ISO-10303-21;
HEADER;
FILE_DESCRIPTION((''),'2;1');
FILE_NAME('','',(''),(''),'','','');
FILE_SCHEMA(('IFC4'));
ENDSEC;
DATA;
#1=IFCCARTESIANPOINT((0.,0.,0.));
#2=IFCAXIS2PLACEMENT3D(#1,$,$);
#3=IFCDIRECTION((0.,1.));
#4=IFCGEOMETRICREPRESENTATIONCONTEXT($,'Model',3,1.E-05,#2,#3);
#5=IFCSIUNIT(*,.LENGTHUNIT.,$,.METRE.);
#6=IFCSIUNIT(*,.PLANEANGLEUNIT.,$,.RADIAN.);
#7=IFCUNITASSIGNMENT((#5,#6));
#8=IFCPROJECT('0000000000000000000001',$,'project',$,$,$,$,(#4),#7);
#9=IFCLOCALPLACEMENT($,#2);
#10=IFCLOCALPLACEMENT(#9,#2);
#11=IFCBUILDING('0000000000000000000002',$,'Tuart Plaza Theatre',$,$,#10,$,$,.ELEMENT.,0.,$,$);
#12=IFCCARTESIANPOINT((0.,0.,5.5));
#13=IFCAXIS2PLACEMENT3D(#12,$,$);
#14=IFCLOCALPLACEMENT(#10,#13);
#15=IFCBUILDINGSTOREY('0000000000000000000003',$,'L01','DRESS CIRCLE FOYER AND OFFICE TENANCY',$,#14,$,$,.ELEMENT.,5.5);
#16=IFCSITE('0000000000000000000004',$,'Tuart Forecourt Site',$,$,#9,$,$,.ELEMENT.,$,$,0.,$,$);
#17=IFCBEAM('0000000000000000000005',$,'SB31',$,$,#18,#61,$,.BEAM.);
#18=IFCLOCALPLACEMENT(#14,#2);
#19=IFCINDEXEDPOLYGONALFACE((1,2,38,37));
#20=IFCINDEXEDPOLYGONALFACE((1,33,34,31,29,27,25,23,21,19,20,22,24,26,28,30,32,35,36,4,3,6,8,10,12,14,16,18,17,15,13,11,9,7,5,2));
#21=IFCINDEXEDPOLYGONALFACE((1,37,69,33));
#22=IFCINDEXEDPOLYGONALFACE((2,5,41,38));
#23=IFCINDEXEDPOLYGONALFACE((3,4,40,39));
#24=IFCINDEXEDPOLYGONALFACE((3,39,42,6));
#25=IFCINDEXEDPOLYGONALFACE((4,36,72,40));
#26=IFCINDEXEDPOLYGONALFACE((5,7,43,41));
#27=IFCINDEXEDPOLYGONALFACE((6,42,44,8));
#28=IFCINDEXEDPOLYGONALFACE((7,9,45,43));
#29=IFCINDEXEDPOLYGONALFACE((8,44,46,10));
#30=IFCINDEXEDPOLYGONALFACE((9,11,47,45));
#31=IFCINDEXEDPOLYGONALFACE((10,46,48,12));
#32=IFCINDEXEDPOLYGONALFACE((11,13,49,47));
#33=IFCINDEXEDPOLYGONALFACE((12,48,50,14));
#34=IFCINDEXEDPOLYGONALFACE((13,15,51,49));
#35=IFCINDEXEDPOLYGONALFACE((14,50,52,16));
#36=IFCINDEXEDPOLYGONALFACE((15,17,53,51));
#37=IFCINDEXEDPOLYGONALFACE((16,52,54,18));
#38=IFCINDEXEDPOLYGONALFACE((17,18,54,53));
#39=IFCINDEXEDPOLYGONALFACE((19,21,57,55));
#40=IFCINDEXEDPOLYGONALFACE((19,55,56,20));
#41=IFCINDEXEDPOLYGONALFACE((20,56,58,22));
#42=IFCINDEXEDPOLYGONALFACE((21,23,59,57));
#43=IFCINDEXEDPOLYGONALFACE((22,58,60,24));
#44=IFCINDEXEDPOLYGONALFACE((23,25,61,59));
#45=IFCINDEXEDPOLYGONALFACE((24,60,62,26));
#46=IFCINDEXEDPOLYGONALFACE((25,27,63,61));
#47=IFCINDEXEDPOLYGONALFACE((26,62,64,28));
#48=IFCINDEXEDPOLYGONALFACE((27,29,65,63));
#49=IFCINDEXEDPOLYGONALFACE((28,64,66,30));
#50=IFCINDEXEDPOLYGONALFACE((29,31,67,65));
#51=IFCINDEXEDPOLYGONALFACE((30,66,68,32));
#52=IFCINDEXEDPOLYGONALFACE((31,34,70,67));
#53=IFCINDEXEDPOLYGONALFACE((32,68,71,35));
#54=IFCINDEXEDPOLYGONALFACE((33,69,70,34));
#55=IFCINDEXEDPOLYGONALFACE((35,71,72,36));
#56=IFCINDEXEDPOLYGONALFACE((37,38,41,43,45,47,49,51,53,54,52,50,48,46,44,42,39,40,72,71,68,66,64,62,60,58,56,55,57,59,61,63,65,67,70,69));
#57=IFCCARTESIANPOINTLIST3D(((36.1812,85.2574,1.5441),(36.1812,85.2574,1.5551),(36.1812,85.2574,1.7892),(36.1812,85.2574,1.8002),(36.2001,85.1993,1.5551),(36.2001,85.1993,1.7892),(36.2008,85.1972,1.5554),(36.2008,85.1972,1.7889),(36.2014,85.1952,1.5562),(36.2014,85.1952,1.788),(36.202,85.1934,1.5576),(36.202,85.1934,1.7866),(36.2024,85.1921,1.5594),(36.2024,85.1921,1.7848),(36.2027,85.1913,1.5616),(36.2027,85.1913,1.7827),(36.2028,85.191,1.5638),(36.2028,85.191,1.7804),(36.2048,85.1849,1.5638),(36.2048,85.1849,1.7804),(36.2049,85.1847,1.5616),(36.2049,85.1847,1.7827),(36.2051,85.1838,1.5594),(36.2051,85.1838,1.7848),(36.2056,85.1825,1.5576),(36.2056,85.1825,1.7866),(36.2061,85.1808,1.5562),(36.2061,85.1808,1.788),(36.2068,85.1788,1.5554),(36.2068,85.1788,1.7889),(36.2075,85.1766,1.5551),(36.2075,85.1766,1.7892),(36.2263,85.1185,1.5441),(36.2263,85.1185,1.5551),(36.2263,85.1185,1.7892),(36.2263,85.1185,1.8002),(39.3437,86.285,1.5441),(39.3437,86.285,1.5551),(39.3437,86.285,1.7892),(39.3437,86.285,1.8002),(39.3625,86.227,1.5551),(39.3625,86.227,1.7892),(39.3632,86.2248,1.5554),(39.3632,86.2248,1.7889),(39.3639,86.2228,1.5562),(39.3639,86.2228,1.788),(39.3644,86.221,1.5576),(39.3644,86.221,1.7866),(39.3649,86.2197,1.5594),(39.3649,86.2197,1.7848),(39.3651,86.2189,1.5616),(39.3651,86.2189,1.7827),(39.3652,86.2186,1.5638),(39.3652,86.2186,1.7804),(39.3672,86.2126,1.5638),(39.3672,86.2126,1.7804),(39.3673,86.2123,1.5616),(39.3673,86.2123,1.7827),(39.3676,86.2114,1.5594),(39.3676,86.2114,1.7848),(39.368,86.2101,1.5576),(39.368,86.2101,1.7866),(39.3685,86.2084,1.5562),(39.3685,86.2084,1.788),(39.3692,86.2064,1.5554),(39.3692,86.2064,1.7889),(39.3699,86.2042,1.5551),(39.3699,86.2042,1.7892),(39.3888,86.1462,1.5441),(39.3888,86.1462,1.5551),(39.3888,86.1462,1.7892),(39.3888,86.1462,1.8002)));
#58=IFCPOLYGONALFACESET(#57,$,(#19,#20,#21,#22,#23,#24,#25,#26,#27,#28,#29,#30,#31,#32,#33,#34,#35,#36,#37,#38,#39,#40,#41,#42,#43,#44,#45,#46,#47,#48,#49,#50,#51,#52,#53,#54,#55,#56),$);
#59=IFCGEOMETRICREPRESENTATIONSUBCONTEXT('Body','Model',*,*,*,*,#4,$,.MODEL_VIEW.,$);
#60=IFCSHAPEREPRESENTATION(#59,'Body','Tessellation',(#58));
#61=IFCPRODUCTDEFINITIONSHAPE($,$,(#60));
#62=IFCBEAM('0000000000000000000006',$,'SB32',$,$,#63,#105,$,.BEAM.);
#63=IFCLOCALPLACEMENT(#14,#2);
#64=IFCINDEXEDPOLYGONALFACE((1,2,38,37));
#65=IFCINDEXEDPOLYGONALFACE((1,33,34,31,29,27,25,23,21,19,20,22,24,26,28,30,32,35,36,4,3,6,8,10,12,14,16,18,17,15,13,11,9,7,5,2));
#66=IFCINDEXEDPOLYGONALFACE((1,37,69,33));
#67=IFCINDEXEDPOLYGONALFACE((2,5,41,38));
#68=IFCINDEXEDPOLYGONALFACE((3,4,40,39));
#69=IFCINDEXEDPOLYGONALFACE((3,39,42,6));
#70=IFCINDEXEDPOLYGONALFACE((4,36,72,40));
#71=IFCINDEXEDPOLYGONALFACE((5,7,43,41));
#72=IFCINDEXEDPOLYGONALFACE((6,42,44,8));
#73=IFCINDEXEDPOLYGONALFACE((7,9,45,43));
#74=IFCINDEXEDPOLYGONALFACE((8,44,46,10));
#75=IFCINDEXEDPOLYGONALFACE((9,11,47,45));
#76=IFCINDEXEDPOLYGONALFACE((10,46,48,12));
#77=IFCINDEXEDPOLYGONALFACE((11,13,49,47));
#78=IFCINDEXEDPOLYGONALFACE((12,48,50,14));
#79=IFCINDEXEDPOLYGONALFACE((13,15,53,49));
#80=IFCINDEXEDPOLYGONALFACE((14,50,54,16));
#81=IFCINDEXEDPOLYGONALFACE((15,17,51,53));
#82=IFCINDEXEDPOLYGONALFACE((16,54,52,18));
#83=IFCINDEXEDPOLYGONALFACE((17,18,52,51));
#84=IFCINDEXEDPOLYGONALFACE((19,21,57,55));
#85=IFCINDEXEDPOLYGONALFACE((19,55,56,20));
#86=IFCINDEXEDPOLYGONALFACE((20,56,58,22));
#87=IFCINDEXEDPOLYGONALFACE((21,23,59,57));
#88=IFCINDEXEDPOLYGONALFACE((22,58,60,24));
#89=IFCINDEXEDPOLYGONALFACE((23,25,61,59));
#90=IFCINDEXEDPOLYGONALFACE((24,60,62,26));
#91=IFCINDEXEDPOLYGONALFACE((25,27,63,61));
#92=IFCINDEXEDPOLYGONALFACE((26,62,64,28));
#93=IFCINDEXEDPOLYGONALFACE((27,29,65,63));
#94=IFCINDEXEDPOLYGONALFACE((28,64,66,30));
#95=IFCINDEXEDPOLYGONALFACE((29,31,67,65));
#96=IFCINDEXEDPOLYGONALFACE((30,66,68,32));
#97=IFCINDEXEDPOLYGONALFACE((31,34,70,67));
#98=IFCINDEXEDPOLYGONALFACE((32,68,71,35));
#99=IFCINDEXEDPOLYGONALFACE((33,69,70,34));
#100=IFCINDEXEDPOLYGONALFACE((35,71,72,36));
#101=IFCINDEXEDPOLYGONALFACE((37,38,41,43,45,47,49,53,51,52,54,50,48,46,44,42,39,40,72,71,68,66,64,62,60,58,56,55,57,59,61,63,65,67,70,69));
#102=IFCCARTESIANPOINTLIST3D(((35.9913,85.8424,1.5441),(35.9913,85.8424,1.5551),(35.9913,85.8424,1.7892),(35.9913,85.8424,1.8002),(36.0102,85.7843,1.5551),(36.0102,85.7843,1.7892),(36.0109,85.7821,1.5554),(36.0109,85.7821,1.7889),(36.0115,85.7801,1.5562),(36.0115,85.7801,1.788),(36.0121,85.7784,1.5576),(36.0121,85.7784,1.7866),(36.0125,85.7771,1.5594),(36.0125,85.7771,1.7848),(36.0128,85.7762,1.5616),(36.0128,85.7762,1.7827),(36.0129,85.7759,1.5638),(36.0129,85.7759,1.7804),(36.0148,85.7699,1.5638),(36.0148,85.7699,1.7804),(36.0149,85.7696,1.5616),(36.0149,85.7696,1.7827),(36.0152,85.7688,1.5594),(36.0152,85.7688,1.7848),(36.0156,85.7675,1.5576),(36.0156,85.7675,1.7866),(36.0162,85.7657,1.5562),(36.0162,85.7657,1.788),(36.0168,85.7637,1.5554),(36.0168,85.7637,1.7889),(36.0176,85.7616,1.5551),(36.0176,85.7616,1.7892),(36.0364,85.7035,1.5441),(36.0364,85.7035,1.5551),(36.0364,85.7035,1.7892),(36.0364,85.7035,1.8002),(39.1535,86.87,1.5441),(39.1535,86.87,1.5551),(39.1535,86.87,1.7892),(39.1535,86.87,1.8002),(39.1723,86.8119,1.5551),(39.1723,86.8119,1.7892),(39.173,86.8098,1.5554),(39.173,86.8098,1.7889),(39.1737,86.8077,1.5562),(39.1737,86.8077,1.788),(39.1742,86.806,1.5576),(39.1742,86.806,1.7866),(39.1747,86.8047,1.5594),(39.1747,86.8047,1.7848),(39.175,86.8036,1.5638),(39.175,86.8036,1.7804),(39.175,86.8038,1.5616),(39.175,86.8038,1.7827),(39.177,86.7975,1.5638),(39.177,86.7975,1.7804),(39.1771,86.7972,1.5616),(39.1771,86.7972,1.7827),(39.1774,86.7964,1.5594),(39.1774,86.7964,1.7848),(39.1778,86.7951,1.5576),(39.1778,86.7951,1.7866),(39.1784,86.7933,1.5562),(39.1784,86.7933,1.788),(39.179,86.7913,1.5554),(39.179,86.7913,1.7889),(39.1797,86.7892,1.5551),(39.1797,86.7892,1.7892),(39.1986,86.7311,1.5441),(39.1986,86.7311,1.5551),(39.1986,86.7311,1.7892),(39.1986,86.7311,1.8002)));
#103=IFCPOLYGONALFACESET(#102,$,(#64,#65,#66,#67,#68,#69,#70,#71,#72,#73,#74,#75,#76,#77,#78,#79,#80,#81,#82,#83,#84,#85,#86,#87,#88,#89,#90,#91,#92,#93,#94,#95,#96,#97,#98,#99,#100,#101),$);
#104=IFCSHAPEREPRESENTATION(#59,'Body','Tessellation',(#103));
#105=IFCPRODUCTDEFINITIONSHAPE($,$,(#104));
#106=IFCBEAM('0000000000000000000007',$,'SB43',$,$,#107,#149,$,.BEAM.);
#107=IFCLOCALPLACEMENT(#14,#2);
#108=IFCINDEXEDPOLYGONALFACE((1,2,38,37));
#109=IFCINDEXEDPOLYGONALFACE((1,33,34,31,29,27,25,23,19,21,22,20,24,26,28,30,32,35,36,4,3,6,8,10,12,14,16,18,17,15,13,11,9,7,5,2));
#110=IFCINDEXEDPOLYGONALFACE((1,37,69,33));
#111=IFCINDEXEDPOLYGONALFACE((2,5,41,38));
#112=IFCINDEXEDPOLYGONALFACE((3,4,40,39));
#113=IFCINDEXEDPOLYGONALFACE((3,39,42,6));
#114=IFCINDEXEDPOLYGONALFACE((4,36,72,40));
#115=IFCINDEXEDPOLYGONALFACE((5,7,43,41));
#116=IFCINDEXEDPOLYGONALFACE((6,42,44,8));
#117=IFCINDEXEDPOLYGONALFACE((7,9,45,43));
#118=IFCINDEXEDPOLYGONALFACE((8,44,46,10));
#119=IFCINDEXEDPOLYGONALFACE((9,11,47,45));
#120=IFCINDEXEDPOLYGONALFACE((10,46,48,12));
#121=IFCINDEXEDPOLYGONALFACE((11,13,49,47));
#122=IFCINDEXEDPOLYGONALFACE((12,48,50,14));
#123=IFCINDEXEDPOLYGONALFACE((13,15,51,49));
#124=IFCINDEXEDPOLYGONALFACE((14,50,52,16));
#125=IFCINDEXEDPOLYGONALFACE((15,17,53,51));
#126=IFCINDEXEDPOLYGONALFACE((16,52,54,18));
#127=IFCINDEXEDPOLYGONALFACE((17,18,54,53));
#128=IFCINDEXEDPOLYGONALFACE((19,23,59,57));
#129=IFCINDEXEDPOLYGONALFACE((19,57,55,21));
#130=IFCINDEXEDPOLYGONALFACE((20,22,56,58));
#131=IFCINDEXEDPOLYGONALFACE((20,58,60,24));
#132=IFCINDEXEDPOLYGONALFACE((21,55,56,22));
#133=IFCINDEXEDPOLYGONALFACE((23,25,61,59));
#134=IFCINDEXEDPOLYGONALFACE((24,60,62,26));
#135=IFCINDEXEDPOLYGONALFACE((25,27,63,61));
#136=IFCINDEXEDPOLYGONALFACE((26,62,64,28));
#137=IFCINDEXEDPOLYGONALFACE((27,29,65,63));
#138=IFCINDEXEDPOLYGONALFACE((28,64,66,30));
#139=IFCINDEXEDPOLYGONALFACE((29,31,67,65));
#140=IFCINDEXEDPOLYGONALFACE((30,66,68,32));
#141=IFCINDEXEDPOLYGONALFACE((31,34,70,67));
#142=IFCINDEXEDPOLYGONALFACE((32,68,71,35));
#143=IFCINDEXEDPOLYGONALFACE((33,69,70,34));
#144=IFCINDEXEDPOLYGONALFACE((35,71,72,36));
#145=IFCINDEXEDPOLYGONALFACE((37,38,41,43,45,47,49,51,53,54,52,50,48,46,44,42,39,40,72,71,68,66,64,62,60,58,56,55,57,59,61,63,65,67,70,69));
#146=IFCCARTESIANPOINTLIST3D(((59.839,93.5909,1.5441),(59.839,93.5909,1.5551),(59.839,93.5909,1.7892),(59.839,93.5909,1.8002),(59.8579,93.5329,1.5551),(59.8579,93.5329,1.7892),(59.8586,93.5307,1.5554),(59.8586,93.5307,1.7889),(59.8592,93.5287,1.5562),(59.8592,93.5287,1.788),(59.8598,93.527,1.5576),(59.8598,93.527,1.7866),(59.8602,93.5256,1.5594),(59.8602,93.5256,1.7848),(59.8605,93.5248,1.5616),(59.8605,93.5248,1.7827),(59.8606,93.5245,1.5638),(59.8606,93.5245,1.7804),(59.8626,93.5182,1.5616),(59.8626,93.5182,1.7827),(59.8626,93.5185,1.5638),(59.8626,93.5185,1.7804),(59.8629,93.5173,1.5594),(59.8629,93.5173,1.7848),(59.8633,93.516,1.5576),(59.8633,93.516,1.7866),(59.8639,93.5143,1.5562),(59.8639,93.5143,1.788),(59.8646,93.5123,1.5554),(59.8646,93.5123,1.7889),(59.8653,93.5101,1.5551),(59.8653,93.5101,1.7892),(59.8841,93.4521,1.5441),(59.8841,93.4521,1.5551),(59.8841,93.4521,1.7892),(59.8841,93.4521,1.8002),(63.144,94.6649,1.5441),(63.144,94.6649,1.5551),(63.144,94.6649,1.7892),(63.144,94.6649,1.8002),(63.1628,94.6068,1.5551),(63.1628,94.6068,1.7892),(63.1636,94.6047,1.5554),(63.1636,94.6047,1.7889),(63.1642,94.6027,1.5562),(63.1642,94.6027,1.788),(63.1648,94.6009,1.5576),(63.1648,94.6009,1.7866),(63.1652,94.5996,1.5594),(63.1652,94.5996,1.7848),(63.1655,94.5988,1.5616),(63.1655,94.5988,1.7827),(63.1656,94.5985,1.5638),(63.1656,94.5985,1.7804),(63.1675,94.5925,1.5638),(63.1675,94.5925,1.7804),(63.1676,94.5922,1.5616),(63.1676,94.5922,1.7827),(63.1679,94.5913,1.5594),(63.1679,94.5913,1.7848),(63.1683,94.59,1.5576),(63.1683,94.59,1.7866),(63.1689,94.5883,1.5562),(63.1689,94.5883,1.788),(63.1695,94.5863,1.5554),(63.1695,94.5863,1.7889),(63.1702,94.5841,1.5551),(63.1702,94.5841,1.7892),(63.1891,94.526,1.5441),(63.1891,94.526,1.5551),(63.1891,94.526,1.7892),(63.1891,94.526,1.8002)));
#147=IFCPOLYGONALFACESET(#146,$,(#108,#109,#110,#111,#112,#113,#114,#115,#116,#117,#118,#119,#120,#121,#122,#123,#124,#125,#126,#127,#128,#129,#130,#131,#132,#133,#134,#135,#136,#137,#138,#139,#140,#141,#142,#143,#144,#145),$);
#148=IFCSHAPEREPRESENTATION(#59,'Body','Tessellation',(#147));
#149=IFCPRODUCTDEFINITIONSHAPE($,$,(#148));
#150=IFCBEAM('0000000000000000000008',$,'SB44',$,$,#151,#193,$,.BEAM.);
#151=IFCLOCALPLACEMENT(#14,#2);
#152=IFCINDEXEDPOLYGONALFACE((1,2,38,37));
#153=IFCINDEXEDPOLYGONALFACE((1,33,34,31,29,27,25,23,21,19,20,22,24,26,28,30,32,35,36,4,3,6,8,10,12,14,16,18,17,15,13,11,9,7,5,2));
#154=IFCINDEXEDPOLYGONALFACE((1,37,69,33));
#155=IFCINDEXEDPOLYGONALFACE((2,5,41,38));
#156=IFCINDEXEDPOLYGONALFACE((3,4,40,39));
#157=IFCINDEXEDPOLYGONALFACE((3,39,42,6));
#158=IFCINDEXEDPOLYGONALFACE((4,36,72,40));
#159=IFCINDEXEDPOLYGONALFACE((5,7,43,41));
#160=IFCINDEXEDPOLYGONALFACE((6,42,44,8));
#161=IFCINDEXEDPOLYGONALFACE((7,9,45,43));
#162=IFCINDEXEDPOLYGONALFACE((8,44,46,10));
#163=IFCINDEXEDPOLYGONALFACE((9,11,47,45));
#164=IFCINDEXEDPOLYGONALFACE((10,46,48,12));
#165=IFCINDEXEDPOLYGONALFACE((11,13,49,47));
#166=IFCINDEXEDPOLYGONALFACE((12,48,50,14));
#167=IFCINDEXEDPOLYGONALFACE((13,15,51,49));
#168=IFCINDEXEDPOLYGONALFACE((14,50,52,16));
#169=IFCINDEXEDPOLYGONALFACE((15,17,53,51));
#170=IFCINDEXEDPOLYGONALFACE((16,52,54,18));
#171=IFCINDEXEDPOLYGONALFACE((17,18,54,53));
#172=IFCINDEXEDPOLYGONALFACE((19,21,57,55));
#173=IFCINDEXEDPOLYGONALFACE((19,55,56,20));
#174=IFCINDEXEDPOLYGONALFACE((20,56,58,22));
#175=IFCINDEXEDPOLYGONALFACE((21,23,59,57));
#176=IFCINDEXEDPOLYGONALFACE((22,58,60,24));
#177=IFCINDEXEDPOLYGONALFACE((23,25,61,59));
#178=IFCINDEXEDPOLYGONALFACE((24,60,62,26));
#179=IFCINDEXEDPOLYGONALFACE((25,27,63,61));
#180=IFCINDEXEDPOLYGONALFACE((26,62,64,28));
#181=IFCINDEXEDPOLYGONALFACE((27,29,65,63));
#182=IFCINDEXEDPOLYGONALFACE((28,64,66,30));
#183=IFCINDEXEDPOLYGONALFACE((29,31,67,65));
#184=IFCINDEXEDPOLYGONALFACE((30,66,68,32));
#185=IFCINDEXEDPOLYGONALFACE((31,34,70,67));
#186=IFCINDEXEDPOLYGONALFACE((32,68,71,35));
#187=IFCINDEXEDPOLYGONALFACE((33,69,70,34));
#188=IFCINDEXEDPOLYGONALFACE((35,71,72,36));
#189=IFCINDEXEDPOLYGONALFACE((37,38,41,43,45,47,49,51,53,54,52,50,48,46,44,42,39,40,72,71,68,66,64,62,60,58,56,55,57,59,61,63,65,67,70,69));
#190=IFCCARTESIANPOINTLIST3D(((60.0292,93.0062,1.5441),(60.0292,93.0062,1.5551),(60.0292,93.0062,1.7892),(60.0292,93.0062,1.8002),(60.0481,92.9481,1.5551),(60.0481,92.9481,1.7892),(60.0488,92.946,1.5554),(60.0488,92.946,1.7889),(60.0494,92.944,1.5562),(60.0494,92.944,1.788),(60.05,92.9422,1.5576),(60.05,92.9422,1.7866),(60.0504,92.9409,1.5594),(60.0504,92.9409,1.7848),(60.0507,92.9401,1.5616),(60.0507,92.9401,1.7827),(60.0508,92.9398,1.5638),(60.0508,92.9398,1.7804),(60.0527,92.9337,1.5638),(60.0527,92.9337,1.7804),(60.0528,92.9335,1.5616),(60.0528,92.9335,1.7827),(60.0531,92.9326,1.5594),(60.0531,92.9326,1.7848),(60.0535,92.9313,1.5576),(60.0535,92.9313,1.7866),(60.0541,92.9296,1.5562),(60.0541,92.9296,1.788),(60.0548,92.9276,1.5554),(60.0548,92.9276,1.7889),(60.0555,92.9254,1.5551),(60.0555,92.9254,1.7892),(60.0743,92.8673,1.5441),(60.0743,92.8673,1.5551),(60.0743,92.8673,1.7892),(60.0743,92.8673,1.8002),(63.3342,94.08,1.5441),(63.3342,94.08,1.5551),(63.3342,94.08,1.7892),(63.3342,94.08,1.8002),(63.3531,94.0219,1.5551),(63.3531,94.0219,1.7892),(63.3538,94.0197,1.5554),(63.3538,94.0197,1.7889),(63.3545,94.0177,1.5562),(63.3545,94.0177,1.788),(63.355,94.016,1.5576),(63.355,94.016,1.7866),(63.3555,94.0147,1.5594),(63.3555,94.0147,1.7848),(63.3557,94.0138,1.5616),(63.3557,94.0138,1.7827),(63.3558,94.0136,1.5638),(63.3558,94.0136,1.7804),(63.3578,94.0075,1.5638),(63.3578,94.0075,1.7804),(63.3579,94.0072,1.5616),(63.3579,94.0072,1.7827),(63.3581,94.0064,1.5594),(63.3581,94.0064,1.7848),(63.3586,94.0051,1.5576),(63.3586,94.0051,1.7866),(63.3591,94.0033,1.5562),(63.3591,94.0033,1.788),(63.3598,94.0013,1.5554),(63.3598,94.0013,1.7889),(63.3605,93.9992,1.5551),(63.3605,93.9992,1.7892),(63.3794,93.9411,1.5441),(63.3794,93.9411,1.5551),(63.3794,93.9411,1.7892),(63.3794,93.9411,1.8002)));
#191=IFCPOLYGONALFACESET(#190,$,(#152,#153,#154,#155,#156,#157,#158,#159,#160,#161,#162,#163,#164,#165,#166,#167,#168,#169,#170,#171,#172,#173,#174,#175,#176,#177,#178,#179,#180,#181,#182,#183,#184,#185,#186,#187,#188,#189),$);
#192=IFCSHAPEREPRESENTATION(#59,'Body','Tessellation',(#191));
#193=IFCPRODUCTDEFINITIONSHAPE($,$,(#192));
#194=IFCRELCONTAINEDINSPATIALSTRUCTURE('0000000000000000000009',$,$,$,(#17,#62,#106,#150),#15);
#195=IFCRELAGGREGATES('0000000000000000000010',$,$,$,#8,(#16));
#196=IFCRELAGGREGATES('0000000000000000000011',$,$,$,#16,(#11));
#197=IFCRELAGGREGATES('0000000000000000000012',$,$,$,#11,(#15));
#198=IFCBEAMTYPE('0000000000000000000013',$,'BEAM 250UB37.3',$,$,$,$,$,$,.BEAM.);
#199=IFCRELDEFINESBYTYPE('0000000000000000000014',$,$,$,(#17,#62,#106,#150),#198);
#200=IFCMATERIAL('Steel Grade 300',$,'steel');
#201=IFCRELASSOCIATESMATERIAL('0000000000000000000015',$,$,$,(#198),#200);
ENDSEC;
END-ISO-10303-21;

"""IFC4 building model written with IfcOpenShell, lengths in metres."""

from ifc_helpers import new_model, si_unit, direction, frame, origin, origin_2d, place, context, subcontext, project, spatial, i_section, extrude, material, material_profile, profile_set, type_object, element, save


model = new_model("IFC4")

# Units and contexts
model_context = context("Model", 3, precision=1e-05, world=origin(), true_north=direction((0.0, 1.0)))
body_context = subcontext(model_context, "Body", "Model", "MODEL_VIEW")
ifc_project = project(units=[si_unit("LENGTHUNIT", "METRE"), si_unit("PLANEANGLEUNIT", "RADIAN")], contexts=[model_context])

# Site, building, storey
site_placement = place(None, origin())
site = spatial("IfcSite", under=ifc_project, at=site_placement, Name="Tuart Forecourt Site", CompositionType="ELEMENT", RefElevation=0.0)
building_placement = place(site_placement, origin())
building = spatial("IfcBuilding", under=site, at=building_placement, Name="Tuart Plaza Theatre", CompositionType="ELEMENT", ElevationOfRefHeight=0.0)
storey_placement = place(building_placement, frame((0.0, 0.0, 5.5)))
storey = spatial("IfcBuildingStorey", under=building, at=storey_placement, Name="L01", Description="DRESS CIRCLE FOYER AND OFFICE TENANCY", CompositionType="ELEMENT", Elevation=5.5)

# Beams
ifc_material_1 = material(Name="Steel Grade 300", Category="steel")
ifc_material_profile_1 = material_profile(ifc_material_1, i_section(OverallWidth=0.146, OverallDepth=0.2561, WebThickness=0.0063, FlangeThickness=0.011, FilletRadius=0.0088, at=origin_2d()), Name="250UB37.3")
ifc_profile_set_1 = profile_set([ifc_material_profile_1], Name="Steel Grade 300")
beam_type_1 = type_object("IfcBeamType", Name="BEAM 250UB37.3", PredefinedType="BEAM", material=ifc_profile_set_1)
beam_1_placement = place(storey_placement, frame((39.3662, 86.2156, 1.6721), z_axis=(-0.95105, -0.309038, 0.0), x_axis=(0.309038, -0.95105, 0.0)))
element("IfcBeam", 1, at=beam_1_placement, inside=storey, type_object=beam_type_1, Name="SB31", PredefinedType="BEAM", context=body_context, shape_type="SweptSolid", body=[
    extrude(i_section(OverallWidth=0.146, OverallDepth=0.2561, WebThickness=0.0063, FlangeThickness=0.011, FilletRadius=0.0088, at=origin_2d()), origin(), (0.0, 0.0, 1.0), 3.3252),
])
beam_2_placement = place(storey_placement, frame((39.176, 86.8005, 1.6721), z_axis=(-0.951043, -0.30906, 0.0), x_axis=(0.30906, -0.951043, 0.0)))
element("IfcBeam", 2, at=beam_2_placement, inside=storey, type_object=beam_type_1, Name="SB32", PredefinedType="BEAM", context=body_context, shape_type="SweptSolid", body=[
    extrude(i_section(OverallWidth=0.146, OverallDepth=0.2561, WebThickness=0.0063, FlangeThickness=0.011, FilletRadius=0.0088, at=origin_2d()), origin(), (0.0, 0.0, 1.0), 3.325),
])
for number, where, z_axis, x_axis, name in (
    (3, (59.8616, 93.5215, 1.6721), (0.951045, 0.309053, 0.0), (-0.309053, 0.951045, 0.0), "SB43"),
    (4, (60.0518, 92.9368, 1.6721), (0.951066, 0.308989, 0.0), (-0.308989, 0.951066, 0.0), "SB44"),
):
    element("IfcBeam", number, at=place(storey_placement, frame(where, z_axis=z_axis, x_axis=x_axis)), inside=storey, type_object=beam_type_1, Name=name, PredefinedType="BEAM", context=body_context, shape_type="SweptSolid", body=[
        extrude(i_section(OverallWidth=0.146, OverallDepth=0.2561, WebThickness=0.0063, FlangeThickness=0.011, FilletRadius=0.0088, at=origin_2d()), origin(), (0.0, 0.0, 1.0), 3.4751),
    ])

save(model, "model.ifc")
